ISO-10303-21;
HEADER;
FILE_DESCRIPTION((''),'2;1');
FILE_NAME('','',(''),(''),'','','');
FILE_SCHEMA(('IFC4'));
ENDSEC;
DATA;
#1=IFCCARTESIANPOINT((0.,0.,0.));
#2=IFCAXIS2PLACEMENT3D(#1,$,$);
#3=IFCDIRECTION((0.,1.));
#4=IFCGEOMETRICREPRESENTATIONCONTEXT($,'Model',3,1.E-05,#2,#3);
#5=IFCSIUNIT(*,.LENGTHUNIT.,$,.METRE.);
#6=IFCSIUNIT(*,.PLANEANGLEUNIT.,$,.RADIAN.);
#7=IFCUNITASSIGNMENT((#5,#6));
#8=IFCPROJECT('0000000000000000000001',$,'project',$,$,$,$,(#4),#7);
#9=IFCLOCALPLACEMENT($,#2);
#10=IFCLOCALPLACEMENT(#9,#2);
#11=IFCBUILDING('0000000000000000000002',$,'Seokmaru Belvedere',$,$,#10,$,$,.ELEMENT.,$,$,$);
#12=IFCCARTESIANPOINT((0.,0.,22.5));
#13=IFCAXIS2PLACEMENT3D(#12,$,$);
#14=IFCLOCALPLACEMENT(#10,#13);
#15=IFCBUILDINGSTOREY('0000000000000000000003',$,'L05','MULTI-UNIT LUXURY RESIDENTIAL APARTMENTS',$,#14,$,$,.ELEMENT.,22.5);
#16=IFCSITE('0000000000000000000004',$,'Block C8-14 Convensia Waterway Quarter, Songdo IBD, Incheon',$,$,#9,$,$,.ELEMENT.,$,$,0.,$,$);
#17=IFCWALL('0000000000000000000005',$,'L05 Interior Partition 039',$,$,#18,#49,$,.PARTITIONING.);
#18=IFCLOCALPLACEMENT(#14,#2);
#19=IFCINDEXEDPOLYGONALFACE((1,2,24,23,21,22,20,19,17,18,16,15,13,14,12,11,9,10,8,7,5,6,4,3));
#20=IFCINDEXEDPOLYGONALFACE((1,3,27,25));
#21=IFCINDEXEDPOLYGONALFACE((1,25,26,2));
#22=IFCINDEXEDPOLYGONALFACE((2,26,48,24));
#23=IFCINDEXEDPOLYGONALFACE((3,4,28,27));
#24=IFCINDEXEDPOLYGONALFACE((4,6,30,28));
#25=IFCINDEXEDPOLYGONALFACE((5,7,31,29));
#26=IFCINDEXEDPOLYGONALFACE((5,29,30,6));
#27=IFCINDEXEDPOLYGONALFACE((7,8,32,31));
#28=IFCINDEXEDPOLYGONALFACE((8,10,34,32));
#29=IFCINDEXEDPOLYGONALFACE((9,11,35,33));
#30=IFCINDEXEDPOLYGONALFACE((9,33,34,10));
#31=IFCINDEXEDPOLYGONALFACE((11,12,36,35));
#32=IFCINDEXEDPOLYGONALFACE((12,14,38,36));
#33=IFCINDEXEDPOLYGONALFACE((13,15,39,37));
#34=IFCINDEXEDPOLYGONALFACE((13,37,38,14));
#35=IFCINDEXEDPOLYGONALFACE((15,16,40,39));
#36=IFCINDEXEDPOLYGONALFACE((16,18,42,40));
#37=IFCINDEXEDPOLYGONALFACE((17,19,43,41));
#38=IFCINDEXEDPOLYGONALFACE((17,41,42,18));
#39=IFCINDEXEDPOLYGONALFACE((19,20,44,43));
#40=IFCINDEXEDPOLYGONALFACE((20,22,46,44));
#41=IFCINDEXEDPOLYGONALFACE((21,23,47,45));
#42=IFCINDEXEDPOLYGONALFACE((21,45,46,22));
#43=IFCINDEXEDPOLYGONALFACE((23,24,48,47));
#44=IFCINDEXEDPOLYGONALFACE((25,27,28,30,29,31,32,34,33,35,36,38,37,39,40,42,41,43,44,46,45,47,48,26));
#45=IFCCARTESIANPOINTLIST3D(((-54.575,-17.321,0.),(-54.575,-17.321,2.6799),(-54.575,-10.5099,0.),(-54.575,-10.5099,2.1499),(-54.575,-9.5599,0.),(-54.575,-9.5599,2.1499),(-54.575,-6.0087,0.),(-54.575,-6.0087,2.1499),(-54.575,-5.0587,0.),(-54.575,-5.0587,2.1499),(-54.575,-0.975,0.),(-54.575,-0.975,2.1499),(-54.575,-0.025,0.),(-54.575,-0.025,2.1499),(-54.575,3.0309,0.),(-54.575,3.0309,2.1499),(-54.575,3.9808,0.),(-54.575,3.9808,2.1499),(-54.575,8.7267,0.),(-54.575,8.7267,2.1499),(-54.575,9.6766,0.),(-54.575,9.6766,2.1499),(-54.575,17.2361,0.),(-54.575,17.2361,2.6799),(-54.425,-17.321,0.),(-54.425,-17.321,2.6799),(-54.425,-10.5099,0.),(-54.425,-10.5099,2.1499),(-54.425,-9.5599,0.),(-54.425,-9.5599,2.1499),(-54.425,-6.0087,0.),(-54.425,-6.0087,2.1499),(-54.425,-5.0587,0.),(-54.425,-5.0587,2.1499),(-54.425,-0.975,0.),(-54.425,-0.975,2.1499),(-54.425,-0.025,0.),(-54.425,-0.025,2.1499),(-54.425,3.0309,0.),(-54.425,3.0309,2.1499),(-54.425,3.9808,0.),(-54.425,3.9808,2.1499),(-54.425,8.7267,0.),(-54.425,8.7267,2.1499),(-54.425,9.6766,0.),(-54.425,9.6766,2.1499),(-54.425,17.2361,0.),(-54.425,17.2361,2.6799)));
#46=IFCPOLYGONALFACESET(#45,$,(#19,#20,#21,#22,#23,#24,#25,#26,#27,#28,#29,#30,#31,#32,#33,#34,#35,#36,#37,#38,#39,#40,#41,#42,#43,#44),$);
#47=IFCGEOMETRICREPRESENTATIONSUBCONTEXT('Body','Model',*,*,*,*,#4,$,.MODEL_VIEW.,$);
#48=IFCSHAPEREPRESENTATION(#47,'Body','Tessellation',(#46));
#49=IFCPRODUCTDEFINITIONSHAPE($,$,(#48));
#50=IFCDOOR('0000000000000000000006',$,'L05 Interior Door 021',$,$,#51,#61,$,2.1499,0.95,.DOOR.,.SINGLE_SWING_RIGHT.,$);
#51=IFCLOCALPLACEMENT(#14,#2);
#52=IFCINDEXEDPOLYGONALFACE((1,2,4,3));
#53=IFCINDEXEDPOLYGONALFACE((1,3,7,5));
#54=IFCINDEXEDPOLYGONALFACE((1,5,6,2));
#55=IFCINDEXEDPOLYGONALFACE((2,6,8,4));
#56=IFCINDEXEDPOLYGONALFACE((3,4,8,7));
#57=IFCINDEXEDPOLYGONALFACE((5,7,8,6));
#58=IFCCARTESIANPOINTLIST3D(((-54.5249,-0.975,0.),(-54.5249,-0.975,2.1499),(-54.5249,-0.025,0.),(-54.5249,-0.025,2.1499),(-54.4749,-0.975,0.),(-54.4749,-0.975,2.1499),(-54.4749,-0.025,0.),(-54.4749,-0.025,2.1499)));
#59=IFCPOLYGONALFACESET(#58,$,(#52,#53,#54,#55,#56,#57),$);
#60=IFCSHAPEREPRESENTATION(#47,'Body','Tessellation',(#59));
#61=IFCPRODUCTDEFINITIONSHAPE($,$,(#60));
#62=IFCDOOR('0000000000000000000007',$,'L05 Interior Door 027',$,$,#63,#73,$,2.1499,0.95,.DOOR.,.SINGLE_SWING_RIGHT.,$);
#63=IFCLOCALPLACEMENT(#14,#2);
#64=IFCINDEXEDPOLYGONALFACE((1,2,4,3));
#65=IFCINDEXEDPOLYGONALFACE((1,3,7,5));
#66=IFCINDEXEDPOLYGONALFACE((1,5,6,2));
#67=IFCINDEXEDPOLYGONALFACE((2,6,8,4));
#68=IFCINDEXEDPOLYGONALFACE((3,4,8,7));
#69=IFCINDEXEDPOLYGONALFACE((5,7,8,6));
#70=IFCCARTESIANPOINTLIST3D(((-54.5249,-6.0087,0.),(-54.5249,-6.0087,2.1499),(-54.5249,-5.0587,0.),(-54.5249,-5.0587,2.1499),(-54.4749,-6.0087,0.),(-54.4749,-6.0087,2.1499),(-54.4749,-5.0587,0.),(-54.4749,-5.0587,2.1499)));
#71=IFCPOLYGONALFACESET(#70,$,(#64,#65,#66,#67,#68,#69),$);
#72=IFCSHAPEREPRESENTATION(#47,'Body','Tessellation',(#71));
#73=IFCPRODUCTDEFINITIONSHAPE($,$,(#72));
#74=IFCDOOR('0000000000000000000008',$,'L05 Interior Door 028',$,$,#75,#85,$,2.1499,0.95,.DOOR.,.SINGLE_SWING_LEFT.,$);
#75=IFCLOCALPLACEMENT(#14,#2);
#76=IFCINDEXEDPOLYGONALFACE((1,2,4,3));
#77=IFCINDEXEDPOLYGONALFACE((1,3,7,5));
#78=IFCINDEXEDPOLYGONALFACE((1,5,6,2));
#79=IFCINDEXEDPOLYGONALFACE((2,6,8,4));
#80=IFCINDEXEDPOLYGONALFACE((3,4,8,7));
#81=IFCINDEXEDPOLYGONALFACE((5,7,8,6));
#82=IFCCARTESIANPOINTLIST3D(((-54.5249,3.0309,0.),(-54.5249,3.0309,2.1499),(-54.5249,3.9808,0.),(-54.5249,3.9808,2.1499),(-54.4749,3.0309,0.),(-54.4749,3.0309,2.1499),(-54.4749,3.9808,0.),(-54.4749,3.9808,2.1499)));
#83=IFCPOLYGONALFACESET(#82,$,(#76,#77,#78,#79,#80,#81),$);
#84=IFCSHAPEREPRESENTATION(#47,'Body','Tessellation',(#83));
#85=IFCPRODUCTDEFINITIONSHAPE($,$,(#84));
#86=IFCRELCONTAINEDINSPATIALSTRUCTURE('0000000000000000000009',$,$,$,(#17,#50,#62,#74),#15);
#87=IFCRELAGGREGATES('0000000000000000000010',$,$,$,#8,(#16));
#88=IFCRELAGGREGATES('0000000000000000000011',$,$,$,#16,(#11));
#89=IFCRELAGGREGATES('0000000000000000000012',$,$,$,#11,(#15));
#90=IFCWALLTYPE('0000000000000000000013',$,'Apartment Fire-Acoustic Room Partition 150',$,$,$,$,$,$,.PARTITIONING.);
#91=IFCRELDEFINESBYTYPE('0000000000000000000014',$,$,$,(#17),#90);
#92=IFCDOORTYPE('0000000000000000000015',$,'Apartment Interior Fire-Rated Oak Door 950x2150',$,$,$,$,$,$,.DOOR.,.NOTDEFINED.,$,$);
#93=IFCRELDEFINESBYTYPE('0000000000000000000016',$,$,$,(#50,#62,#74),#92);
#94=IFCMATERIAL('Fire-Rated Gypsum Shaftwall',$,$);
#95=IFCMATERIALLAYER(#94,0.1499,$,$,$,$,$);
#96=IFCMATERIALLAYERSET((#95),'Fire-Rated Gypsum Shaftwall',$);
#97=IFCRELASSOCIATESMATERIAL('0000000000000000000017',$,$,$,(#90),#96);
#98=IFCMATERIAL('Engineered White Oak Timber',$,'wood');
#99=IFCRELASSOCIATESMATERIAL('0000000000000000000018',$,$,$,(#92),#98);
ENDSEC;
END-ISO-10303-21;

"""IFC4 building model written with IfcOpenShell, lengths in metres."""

from ifc_helpers import new_model, si_unit, direction, frame, frame_2d, origin, place, context, subcontext, project, spatial, rectangle, extrude, source, transform, mapped, material, layer, layer_set, type_object, type_shapes, element, fill, save


model = new_model("IFC4")

# Units and contexts
model_context = context("Model", 3, precision=1e-05, world=origin(), true_north=direction((0.0, 1.0)))
body_context = subcontext(model_context, "Body", "Model", "MODEL_VIEW")
ifc_project = project(units=[si_unit("LENGTHUNIT", "METRE"), si_unit("PLANEANGLEUNIT", "RADIAN")], contexts=[model_context])

# Site, building, storey
site_placement = place(None, origin())
site = spatial("IfcSite", under=ifc_project, at=site_placement, Name="Block C8-14 Convensia Waterway Quarter, Songdo IBD, Incheon", CompositionType="ELEMENT", RefElevation=0.0)
building_placement = place(site_placement, origin())
building = spatial("IfcBuilding", under=site, at=building_placement, Name="Seokmaru Belvedere", CompositionType="ELEMENT")
storey_placement = place(building_placement, frame((0.0, 0.0, 22.5)))
storey = spatial("IfcBuildingStorey", under=building, at=storey_placement, Name="L05", Description="MULTI-UNIT LUXURY RESIDENTIAL APARTMENTS", CompositionType="ELEMENT", Elevation=22.5)

# Shared definitions
ifc_material_1 = material(Name="Fire-Rated Gypsum Shaftwall")
ifc_layer_1 = layer(ifc_material_1, 0.1499)
ifc_layer_set_1 = layer_set([ifc_layer_1], Name="Fire-Rated Gypsum Shaftwall")
wall_type = type_object("IfcWallType", Name="Apartment Fire-Acoustic Room Partition 150", PredefinedType="PARTITIONING", material=ifc_layer_set_1)
ifc_material_2 = material(Name="Engineered White Oak Timber", Category="wood")
door_type = type_object("IfcDoorType", Name="Apartment Interior Fire-Rated Oak Door 950x2150", OperationType="NOTDEFINED", PredefinedType="DOOR", material=ifc_material_2)
shared_shape_1 = source(origin(), body_context, "Body", "SweptSolid", [
    extrude(rectangle(XDim=0.95, YDim=2.1499, at=frame_2d((0.4751, 1.075))), frame((0.0, 0.0249, 0.0), z_axis=(0.0, -1.0, 0.0), x_axis=(1.0, 0.0, 0.0)), (0.0, 0.0, 1.0), 0.05),
])
type_shapes(door_type, [shared_shape_1])

# Wall, openings, doors
wall_1_placement = place(storey_placement, frame((-54.5, -17.321, 0.0), z_axis=(0.0, 0.0, 1.0), x_axis=(0.0, 1.0, 0.0)))
wall_1 = element("IfcWall", 1, at=wall_1_placement, inside=storey, type_object=wall_type, Name="L05 Interior Partition 039", PredefinedType="PARTITIONING", context=body_context, shape_type="SweptSolid", body=[
    extrude(rectangle(XDim=34.5571, YDim=0.1499, at=frame_2d((17.2786, 0.0))), origin(), (0.0, 0.0, 1.0), 2.6799),
])
opening_1_placement = place(wall_1_placement, frame((6.811, 0.0, 0.0)))
element("IfcOpeningElement", 2, at=opening_1_placement, cuts=wall_1, PredefinedType="OPENING", context=body_context, shape_type="SweptSolid", body=[
    extrude(rectangle(XDim=0.95, YDim=2.1499, at=frame_2d((0.4751, 1.075))), frame((0.0, 0.085, 0.0), z_axis=(0.0, -1.0, 0.0), x_axis=(1.0, 0.0, 0.0)), (0.0, 0.0, 1.0), 0.1699),
])
opening_2_placement = place(wall_1_placement, frame((16.3459, 0.0, 0.0)))
opening_2 = element("IfcOpeningElement", 3, at=opening_2_placement, cuts=wall_1, PredefinedType="OPENING", context=body_context, shape_type="SweptSolid", body=[
    extrude(rectangle(XDim=0.95, YDim=2.1499, at=frame_2d((0.4751, 1.075))), frame((0.0, 0.085, 0.0), z_axis=(0.0, -1.0, 0.0), x_axis=(1.0, 0.0, 0.0)), (0.0, 0.0, 1.0), 0.1699),
])
opening_3_placement = place(wall_1_placement, frame((11.3123, 0.0, 0.0)))
opening_3 = element("IfcOpeningElement", 4, at=opening_3_placement, cuts=wall_1, PredefinedType="OPENING", context=body_context, shape_type="SweptSolid", body=[
    extrude(rectangle(XDim=0.95, YDim=2.1499, at=frame_2d((0.4751, 1.075))), frame((0.0, 0.085, 0.0), z_axis=(0.0, -1.0, 0.0), x_axis=(1.0, 0.0, 0.0)), (0.0, 0.0, 1.0), 0.1699),
])
opening_4_placement = place(wall_1_placement, frame((20.3518, 0.0, 0.0)))
opening_4 = element("IfcOpeningElement", 5, at=opening_4_placement, cuts=wall_1, PredefinedType="OPENING", context=body_context, shape_type="SweptSolid", body=[
    extrude(rectangle(XDim=0.95, YDim=2.1499, at=frame_2d((0.4751, 1.075))), frame((0.0, 0.085, 0.0), z_axis=(0.0, -1.0, 0.0), x_axis=(1.0, 0.0, 0.0)), (0.0, 0.0, 1.0), 0.1699),
])
opening_5_placement = place(wall_1_placement, frame((26.0476, 0.0, 0.0)))
element("IfcOpeningElement", 6, at=opening_5_placement, cuts=wall_1, PredefinedType="OPENING", context=body_context, shape_type="SweptSolid", body=[
    extrude(rectangle(XDim=0.95, YDim=2.1499, at=frame_2d((0.4751, 1.075))), frame((0.0, 0.085, 0.0), z_axis=(0.0, -1.0, 0.0), x_axis=(1.0, 0.0, 0.0)), (0.0, 0.0, 1.0), 0.1699),
])
door_1_placement = place(opening_2_placement, origin())
door_1 = element("IfcDoor", 7, at=door_1_placement, inside=storey, type_object=door_type, Name="L05 Interior Door 021", OperationType="SINGLE_SWING_RIGHT", OverallHeight=2.1499, OverallWidth=0.95, PredefinedType="DOOR", context=body_context, shape_type="MappedRepresentation", body=[
    mapped(shared_shape_1, transform((0.0, 0.0, 0.0), scale=1.0)),
])
fill(opening_2, door_1)
door_2_placement = place(opening_3_placement, origin())
door_2 = element("IfcDoor", 8, at=door_2_placement, inside=storey, type_object=door_type, Name="L05 Interior Door 027", OperationType="SINGLE_SWING_RIGHT", OverallHeight=2.1499, OverallWidth=0.95, PredefinedType="DOOR", context=body_context, shape_type="MappedRepresentation", body=[
    mapped(shared_shape_1, transform((0.0, 0.0, 0.0), scale=1.0)),
])
fill(opening_3, door_2)
door_3_placement = place(opening_4_placement, origin())
door_3 = element("IfcDoor", 9, at=door_3_placement, inside=storey, type_object=door_type, Name="L05 Interior Door 028", OperationType="SINGLE_SWING_LEFT", OverallHeight=2.1499, OverallWidth=0.95, PredefinedType="DOOR", context=body_context, shape_type="MappedRepresentation", body=[
    mapped(shared_shape_1, transform((0.0, 0.0, 0.0), scale=1.0)),
])
fill(opening_4, door_3)

save(model, "model.ifc")
